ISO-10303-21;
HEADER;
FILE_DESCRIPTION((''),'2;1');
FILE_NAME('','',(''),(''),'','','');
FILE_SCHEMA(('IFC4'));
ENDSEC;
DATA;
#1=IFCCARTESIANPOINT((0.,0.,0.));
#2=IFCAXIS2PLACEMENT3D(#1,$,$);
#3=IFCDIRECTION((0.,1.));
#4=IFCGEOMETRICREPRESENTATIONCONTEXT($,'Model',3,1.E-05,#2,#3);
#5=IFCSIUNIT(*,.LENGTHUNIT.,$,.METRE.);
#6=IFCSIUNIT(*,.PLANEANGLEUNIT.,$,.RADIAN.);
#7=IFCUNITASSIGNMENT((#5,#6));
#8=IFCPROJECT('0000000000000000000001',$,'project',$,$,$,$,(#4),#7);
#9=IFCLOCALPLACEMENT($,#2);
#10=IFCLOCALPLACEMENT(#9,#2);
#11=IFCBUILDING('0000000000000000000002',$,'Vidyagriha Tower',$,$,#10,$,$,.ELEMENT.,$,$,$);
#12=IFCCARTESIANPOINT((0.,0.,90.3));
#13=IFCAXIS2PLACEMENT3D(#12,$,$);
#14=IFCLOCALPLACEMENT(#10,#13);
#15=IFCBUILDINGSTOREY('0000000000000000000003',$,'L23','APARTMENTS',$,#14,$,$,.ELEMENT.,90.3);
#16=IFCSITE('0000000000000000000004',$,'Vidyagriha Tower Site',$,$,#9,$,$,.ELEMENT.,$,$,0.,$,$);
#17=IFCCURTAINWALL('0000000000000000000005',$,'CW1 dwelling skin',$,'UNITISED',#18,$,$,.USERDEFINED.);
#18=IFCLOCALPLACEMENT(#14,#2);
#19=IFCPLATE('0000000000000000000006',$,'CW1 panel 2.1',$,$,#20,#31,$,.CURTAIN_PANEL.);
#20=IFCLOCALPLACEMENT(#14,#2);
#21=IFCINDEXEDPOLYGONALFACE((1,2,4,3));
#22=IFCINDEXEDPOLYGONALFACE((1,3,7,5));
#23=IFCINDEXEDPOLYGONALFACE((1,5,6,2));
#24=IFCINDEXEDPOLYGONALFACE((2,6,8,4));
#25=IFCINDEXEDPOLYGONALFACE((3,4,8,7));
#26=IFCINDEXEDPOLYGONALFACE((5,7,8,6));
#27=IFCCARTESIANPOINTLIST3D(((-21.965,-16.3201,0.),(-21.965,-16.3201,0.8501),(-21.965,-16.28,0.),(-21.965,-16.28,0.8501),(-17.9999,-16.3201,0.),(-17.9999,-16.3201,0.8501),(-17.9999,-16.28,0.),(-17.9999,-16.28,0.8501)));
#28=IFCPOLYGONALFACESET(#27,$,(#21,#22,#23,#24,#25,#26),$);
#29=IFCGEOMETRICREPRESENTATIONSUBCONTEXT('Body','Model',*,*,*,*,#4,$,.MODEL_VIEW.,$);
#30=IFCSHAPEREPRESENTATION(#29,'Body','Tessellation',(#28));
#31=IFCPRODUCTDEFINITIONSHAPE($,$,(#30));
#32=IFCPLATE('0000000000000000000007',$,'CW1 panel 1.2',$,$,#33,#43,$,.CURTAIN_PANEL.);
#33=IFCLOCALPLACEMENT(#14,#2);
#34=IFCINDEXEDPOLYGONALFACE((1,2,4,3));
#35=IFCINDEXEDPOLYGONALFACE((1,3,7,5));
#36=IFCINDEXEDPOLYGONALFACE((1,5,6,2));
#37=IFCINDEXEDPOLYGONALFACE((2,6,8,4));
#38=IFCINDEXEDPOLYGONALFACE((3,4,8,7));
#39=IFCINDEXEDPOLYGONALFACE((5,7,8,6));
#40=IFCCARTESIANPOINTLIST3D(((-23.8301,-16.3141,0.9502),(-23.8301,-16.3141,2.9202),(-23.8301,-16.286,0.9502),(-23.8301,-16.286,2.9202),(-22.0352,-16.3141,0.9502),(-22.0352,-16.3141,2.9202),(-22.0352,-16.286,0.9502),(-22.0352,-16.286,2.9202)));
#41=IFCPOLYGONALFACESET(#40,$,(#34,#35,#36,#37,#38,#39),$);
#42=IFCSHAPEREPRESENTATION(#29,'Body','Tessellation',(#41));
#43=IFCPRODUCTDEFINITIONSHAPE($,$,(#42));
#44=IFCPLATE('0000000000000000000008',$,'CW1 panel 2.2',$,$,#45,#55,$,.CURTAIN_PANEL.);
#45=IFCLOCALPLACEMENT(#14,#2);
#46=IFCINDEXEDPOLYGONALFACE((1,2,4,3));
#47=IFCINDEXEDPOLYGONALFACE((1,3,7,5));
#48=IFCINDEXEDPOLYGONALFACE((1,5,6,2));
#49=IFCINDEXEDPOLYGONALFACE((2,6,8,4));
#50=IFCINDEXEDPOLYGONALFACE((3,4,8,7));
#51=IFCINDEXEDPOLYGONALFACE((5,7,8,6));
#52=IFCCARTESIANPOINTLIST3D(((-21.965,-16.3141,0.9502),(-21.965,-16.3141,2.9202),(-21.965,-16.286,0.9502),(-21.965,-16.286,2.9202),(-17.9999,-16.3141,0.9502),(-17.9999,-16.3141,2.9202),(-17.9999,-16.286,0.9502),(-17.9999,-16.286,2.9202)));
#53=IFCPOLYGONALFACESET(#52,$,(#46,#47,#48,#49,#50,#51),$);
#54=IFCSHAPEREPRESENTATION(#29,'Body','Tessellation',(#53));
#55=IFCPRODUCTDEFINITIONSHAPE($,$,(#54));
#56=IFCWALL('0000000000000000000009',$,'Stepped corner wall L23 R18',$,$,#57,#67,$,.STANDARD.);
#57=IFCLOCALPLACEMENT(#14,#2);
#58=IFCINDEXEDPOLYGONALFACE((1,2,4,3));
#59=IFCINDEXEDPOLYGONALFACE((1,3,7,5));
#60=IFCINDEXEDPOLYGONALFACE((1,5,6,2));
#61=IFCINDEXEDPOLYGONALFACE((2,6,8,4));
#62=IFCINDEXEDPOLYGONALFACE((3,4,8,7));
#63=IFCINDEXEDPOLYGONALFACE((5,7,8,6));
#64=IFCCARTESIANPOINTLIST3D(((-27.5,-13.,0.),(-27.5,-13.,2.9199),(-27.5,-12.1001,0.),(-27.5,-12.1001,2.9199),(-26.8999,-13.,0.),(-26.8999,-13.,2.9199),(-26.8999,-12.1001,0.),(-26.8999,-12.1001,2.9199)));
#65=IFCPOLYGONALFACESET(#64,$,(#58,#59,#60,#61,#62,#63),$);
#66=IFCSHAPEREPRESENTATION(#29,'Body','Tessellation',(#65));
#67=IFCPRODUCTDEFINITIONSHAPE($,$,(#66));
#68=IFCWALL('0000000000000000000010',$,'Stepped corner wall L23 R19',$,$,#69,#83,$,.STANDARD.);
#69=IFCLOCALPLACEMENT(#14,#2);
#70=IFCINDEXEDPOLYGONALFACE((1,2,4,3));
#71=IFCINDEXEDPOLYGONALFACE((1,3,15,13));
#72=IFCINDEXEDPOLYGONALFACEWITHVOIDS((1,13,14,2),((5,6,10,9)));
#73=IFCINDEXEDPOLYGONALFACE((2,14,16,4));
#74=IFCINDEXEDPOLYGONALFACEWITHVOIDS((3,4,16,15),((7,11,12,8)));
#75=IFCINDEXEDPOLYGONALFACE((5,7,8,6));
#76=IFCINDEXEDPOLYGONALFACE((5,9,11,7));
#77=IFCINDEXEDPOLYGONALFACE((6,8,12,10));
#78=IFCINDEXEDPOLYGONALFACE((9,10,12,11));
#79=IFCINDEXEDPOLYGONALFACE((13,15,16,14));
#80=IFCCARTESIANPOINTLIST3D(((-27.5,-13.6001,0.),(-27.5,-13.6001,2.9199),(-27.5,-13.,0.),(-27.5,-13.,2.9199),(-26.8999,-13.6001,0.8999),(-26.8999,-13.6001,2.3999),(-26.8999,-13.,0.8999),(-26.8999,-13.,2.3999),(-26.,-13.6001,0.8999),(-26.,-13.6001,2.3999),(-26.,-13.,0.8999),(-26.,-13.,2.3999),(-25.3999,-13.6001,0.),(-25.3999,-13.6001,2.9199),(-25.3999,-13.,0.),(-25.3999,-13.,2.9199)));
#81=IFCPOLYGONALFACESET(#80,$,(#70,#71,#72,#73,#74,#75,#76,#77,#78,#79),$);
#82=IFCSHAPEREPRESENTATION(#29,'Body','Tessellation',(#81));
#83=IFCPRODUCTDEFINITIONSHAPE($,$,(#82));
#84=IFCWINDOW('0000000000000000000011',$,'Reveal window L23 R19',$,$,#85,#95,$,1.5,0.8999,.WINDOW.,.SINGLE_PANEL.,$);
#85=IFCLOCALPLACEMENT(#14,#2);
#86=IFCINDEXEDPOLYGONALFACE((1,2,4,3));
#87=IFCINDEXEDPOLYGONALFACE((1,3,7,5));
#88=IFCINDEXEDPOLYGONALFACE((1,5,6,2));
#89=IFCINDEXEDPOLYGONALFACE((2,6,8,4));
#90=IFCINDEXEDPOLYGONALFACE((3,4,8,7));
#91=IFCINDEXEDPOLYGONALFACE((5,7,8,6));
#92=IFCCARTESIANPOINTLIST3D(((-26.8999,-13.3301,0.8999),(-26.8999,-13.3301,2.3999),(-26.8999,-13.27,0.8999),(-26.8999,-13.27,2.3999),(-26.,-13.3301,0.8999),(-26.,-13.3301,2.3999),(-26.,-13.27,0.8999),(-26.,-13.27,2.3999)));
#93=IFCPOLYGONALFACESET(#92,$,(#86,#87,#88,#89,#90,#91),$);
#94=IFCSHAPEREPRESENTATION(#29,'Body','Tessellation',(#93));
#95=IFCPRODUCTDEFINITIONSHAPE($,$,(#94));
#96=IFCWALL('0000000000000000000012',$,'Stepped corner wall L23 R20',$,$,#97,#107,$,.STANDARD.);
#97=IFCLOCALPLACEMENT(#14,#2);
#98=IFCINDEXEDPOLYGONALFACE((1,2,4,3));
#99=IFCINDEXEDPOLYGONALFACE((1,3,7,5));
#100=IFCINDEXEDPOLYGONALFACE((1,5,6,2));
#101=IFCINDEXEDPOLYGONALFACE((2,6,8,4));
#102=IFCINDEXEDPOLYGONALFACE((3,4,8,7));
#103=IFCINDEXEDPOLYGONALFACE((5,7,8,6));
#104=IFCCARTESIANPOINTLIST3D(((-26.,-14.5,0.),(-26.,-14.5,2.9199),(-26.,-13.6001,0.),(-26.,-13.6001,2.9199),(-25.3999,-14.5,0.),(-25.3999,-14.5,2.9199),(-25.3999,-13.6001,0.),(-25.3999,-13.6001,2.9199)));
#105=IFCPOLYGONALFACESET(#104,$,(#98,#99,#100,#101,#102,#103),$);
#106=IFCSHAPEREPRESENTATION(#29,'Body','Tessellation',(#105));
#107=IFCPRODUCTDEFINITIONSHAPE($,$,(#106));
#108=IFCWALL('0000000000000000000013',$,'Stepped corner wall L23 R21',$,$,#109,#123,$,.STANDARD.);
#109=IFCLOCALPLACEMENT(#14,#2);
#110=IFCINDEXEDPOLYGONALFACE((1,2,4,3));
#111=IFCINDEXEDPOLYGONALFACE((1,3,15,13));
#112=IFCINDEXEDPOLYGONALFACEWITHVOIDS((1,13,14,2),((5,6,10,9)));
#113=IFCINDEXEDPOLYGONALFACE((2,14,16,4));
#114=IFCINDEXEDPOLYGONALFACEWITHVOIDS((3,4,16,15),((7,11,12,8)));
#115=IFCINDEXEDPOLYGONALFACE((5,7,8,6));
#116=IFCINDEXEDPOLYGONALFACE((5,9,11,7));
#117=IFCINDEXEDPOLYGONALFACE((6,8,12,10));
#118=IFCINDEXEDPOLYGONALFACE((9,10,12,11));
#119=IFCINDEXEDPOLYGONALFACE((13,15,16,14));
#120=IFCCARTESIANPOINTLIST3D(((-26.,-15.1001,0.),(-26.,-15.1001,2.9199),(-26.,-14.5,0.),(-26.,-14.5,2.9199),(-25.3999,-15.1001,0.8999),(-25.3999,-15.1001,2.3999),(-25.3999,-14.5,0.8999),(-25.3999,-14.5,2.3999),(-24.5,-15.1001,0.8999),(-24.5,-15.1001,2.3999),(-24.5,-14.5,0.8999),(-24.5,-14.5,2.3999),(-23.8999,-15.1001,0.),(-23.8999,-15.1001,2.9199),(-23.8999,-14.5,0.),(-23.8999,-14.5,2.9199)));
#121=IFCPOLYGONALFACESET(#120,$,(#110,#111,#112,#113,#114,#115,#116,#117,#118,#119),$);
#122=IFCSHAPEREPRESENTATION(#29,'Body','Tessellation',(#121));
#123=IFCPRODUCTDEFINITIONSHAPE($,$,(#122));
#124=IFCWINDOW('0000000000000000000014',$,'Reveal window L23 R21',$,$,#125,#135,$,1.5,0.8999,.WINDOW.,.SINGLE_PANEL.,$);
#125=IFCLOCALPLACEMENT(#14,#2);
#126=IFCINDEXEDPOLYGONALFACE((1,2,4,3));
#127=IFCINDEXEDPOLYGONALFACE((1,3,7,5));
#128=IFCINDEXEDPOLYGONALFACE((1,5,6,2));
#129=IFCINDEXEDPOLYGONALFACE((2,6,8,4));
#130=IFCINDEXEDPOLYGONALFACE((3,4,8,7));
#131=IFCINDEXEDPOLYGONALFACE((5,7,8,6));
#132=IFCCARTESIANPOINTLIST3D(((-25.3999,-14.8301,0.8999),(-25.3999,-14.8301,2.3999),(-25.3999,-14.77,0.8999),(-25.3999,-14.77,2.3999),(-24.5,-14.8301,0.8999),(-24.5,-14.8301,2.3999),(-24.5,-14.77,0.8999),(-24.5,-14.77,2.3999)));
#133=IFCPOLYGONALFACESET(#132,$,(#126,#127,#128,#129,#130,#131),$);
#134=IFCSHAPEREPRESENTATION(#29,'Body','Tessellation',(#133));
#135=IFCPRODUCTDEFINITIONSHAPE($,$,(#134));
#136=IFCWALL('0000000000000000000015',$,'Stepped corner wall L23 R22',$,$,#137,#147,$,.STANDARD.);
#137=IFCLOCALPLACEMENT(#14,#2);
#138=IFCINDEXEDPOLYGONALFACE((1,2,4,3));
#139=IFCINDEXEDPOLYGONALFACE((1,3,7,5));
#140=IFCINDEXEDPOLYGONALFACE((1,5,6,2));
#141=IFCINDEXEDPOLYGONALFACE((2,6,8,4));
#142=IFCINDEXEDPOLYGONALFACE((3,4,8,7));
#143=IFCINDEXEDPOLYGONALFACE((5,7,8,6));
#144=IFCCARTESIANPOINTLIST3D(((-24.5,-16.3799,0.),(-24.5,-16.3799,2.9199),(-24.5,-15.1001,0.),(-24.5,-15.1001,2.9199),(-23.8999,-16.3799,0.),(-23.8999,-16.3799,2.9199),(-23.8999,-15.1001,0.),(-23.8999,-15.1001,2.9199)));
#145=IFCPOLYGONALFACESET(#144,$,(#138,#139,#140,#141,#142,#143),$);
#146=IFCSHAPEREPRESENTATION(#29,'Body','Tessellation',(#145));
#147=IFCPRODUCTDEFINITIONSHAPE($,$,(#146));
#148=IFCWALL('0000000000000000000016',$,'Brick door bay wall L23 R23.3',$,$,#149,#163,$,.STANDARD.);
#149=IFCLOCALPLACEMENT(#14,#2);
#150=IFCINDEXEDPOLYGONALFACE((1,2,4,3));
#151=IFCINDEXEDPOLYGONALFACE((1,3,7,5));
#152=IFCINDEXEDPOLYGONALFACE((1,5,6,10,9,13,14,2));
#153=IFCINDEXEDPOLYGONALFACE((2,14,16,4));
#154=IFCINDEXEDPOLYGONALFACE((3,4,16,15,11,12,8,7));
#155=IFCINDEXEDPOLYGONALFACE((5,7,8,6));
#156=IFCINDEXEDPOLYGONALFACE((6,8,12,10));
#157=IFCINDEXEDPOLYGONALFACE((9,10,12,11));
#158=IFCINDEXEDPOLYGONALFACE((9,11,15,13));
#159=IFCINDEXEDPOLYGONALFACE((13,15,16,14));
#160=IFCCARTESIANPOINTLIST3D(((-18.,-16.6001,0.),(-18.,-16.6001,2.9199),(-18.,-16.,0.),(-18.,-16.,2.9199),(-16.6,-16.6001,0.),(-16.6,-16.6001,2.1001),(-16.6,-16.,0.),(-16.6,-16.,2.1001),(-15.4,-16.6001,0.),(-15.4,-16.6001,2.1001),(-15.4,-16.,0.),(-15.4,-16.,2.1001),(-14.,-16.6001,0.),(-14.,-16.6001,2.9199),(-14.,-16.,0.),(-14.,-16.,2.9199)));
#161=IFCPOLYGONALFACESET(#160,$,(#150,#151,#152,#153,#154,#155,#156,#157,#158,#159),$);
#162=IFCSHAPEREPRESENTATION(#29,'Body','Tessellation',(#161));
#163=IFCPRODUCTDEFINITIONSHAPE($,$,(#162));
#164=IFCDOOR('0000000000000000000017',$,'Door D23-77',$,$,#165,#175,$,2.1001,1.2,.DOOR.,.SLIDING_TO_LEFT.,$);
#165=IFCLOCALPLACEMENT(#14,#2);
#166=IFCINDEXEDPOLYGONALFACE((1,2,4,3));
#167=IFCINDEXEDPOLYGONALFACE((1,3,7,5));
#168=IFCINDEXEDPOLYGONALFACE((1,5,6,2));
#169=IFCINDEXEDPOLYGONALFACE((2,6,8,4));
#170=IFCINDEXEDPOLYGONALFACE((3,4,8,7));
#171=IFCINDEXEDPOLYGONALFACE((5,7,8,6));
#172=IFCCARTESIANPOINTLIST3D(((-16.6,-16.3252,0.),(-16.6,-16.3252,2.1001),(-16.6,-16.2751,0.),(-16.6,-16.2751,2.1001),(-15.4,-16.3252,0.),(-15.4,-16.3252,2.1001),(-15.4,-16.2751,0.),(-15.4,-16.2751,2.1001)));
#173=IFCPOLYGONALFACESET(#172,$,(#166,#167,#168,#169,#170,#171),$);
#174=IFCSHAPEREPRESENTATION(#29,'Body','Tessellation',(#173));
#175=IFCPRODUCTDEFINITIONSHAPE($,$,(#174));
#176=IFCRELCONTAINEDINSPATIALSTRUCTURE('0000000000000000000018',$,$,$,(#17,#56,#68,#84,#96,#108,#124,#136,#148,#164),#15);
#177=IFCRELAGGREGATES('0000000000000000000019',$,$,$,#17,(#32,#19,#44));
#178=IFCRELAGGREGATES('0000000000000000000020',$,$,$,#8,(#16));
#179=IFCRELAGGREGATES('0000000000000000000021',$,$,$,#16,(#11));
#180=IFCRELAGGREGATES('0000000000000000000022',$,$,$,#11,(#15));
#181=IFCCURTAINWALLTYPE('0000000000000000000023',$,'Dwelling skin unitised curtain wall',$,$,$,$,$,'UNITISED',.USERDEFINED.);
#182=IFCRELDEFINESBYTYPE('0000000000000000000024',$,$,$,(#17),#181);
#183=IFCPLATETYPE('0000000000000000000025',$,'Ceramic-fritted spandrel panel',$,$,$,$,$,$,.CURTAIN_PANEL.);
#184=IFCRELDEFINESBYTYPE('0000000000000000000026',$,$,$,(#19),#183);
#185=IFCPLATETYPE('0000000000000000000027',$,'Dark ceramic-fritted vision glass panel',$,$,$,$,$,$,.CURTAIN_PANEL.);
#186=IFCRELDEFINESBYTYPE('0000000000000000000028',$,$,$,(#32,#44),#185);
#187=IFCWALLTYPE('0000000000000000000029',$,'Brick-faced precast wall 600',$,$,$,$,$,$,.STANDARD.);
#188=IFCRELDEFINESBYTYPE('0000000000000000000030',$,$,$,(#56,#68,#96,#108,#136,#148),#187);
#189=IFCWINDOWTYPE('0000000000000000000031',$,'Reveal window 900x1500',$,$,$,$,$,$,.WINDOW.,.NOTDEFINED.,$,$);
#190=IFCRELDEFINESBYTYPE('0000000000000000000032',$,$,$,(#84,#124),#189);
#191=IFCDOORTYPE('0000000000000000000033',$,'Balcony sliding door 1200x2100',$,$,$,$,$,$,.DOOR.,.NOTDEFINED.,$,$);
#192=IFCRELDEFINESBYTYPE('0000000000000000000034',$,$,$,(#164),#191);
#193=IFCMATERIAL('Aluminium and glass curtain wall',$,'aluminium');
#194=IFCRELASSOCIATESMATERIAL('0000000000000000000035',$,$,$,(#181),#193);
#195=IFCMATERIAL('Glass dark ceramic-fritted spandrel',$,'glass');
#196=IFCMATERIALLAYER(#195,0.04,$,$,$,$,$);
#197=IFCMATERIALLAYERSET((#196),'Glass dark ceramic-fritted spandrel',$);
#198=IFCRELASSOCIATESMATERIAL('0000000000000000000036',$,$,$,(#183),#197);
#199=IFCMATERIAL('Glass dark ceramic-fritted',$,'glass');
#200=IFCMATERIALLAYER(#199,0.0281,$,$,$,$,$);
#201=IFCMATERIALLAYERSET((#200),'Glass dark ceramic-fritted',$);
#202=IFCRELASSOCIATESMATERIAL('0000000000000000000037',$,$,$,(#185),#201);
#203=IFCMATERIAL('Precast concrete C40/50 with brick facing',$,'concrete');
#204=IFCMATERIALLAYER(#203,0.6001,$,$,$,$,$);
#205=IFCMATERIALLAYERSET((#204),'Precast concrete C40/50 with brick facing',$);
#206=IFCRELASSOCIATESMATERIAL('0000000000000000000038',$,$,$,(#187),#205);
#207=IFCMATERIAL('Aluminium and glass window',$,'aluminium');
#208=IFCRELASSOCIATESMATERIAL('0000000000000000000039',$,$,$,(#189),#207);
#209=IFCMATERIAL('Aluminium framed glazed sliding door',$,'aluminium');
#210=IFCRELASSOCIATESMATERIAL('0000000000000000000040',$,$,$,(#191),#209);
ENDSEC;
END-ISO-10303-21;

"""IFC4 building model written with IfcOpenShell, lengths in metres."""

from ifc_helpers import new_model, si_unit, direction, frame, frame_2d, origin, origin_2d, place, context, subcontext, project, spatial, rectangle, extrude, material, layer, layer_set, type_object, element, fill, aggregate, save


model = new_model("IFC4")

# Units and contexts
model_context = context("Model", 3, precision=1e-05, world=origin(), true_north=direction((0.0, 1.0)))
body_context = subcontext(model_context, "Body", "Model", "MODEL_VIEW")
ifc_project = project(units=[si_unit("LENGTHUNIT", "METRE"), si_unit("PLANEANGLEUNIT", "RADIAN")], contexts=[model_context])

# Site, building, storey
site_placement = place(None, origin())
site = spatial("IfcSite", under=ifc_project, at=site_placement, Name="Vidyagriha Tower Site", CompositionType="ELEMENT", RefElevation=0.0)
building_placement = place(site_placement, origin())
building = spatial("IfcBuilding", under=site, at=building_placement, Name="Vidyagriha Tower", CompositionType="ELEMENT")
storey_placement = place(building_placement, frame((0.0, 0.0, 90.3)))
storey = spatial("IfcBuildingStorey", under=building, at=storey_placement, Name="L23", Description="APARTMENTS", CompositionType="ELEMENT", Elevation=90.3)

# Curtain wall, plates
ifc_material_1 = material(Name="Aluminium and glass curtain wall", Category="aluminium")
curtain_wall_type = type_object("IfcCurtainWallType", Name="Dwelling skin unitised curtain wall", ElementType="UNITISED", PredefinedType="USERDEFINED", material=ifc_material_1)
curtain_wall_placement = place(storey_placement, origin())
curtain_wall = element("IfcCurtainWall", 1, at=curtain_wall_placement, inside=storey, type_object=curtain_wall_type, Name="CW1 dwelling skin", ObjectType="UNITISED", PredefinedType="USERDEFINED")
ifc_material_2 = material(Name="Glass dark ceramic-fritted spandrel", Category="glass")
ifc_layer_1 = layer(ifc_material_2, 0.04)
ifc_layer_set_1 = layer_set([ifc_layer_1], Name="Glass dark ceramic-fritted spandrel")
plate_type_1 = type_object("IfcPlateType", Name="Ceramic-fritted spandrel panel", PredefinedType="CURTAIN_PANEL", material=ifc_layer_set_1)
plate_1_placement = place(storey_placement, frame((-19.9824, -16.3, 0.0)))
plate_1 = element("IfcPlate", 2, at=plate_1_placement, type_object=plate_type_1, Name="CW1 panel 2.1", PredefinedType="CURTAIN_PANEL", context=body_context, shape_type="SweptSolid", body=[
    extrude(rectangle(XDim=3.9651, YDim=0.04, at=origin_2d()), origin(), (0.0, 0.0, 1.0), 0.8501),
])
ifc_material_3 = material(Name="Glass dark ceramic-fritted", Category="glass")
ifc_layer_2 = layer(ifc_material_3, 0.0281)
ifc_layer_set_2 = layer_set([ifc_layer_2], Name="Glass dark ceramic-fritted")
plate_type_2 = type_object("IfcPlateType", Name="Dark ceramic-fritted vision glass panel", PredefinedType="CURTAIN_PANEL", material=ifc_layer_set_2)
plate_2_placement = place(storey_placement, frame((-22.9326, -16.3, 0.9502)))
plate_2 = element("IfcPlate", 3, at=plate_2_placement, type_object=plate_type_2, Name="CW1 panel 1.2", PredefinedType="CURTAIN_PANEL", context=body_context, shape_type="SweptSolid", body=[
    extrude(rectangle(XDim=1.7949, YDim=0.0281, at=origin_2d()), origin(), (0.0, 0.0, 1.0), 1.97),
])
plate_3_placement = place(storey_placement, frame((-19.9824, -16.3, 0.9502)))
plate_3 = element("IfcPlate", 4, at=plate_3_placement, type_object=plate_type_2, Name="CW1 panel 2.2", PredefinedType="CURTAIN_PANEL", context=body_context, shape_type="SweptSolid", body=[
    extrude(rectangle(XDim=3.9651, YDim=0.0281, at=origin_2d()), origin(), (0.0, 0.0, 1.0), 1.97),
])
aggregate(curtain_wall, [plate_2, plate_1, plate_3])

# Wall
ifc_material_4 = material(Name="Precast concrete C40/50 with brick facing", Category="concrete")
ifc_layer_3 = layer(ifc_material_4, 0.6001)
ifc_layer_set_3 = layer_set([ifc_layer_3], Name="Precast concrete C40/50 with brick facing")
wall_type = type_object("IfcWallType", Name="Brick-faced precast wall 600", PredefinedType="STANDARD", material=ifc_layer_set_3)
wall_1_placement = place(storey_placement, frame((-27.2, -12.1001, 0.0), z_axis=(0.0, 0.0, 1.0), x_axis=(0.0, -1.0, 0.0)))
element("IfcWall", 5, at=wall_1_placement, inside=storey, type_object=wall_type, Name="Stepped corner wall L23 R18", PredefinedType="STANDARD", context=body_context, shape_type="SweptSolid", body=[
    extrude(rectangle(XDim=0.8999, YDim=0.6001, at=frame_2d((0.45, 0.0))), origin(), (0.0, 0.0, 1.0), 2.9199),
])

# Wall, opening, window
wall_2_placement = place(storey_placement, frame((-27.5, -13.3, 0.0)))
wall_2 = element("IfcWall", 6, at=wall_2_placement, inside=storey, type_object=wall_type, Name="Stepped corner wall L23 R19", PredefinedType="STANDARD", context=body_context, shape_type="SweptSolid", body=[
    extrude(rectangle(XDim=2.1001, YDim=0.6001, at=frame_2d((1.05, 0.0))), origin(), (0.0, 0.0, 1.0), 2.9199),
])
opening_1_placement = place(wall_2_placement, frame((0.6001, 0.0, 0.8999)))
opening_1 = element("IfcOpeningElement", 7, at=opening_1_placement, cuts=wall_2, PredefinedType="OPENING", context=body_context, shape_type="SweptSolid", body=[
    extrude(rectangle(XDim=0.8999, YDim=1.5, at=frame_2d((0.45, 0.75))), frame((0.0, 0.3101, 0.0), z_axis=(0.0, -1.0, 0.0), x_axis=(1.0, 0.0, 0.0)), (0.0, 0.0, 1.0), 0.6201),
])
ifc_material_5 = material(Name="Aluminium and glass window", Category="aluminium")
window_type = type_object("IfcWindowType", Name="Reveal window 900x1500", PartitioningType="NOTDEFINED", PredefinedType="WINDOW", material=ifc_material_5)
window_1_placement = place(opening_1_placement, origin())
window_1 = element("IfcWindow", 8, at=window_1_placement, inside=storey, type_object=window_type, Name="Reveal window L23 R19", OverallHeight=1.5, OverallWidth=0.8999, PartitioningType="SINGLE_PANEL", PredefinedType="WINDOW", context=body_context, shape_type="SweptSolid", body=[
    extrude(rectangle(XDim=0.8999, YDim=1.5, at=frame_2d((0.45, 0.75))), frame((0.0, 0.03, 0.0), z_axis=(0.0, -1.0, 0.0), x_axis=(1.0, 0.0, 0.0)), (0.0, 0.0, 1.0), 0.0601),
])
fill(opening_1, window_1)

# Wall
wall_3_placement = place(storey_placement, frame((-25.7, -13.6001, 0.0), z_axis=(0.0, 0.0, 1.0), x_axis=(0.0, -1.0, 0.0)))
element("IfcWall", 9, at=wall_3_placement, inside=storey, type_object=wall_type, Name="Stepped corner wall L23 R20", PredefinedType="STANDARD", context=body_context, shape_type="SweptSolid", body=[
    extrude(rectangle(XDim=0.8999, YDim=0.6001, at=frame_2d((0.45, 0.0))), origin(), (0.0, 0.0, 1.0), 2.9199),
])

# Wall, opening, window
wall_4_placement = place(storey_placement, frame((-26.0, -14.8, 0.0)))
wall_4 = element("IfcWall", 10, at=wall_4_placement, inside=storey, type_object=wall_type, Name="Stepped corner wall L23 R21", PredefinedType="STANDARD", context=body_context, shape_type="SweptSolid", body=[
    extrude(rectangle(XDim=2.1001, YDim=0.6001, at=frame_2d((1.05, 0.0))), origin(), (0.0, 0.0, 1.0), 2.9199),
])
opening_2_placement = place(wall_4_placement, frame((0.6001, 0.0, 0.8999)))
opening_2 = element("IfcOpeningElement", 11, at=opening_2_placement, cuts=wall_4, PredefinedType="OPENING", context=body_context, shape_type="SweptSolid", body=[
    extrude(rectangle(XDim=0.8999, YDim=1.5, at=frame_2d((0.45, 0.75))), frame((0.0, 0.3101, 0.0), z_axis=(0.0, -1.0, 0.0), x_axis=(1.0, 0.0, 0.0)), (0.0, 0.0, 1.0), 0.6201),
])
window_2_placement = place(opening_2_placement, origin())
window_2 = element("IfcWindow", 12, at=window_2_placement, inside=storey, type_object=window_type, Name="Reveal window L23 R21", OverallHeight=1.5, OverallWidth=0.8999, PartitioningType="SINGLE_PANEL", PredefinedType="WINDOW", context=body_context, shape_type="SweptSolid", body=[
    extrude(rectangle(XDim=0.8999, YDim=1.5, at=frame_2d((0.45, 0.75))), frame((0.0, 0.03, 0.0), z_axis=(0.0, -1.0, 0.0), x_axis=(1.0, 0.0, 0.0)), (0.0, 0.0, 1.0), 0.0601),
])
fill(opening_2, window_2)

# Wall
wall_5_placement = place(storey_placement, frame((-24.2, -15.1001, 0.0), z_axis=(0.0, 0.0, 1.0), x_axis=(0.0, -1.0, 0.0)))
element("IfcWall", 13, at=wall_5_placement, inside=storey, type_object=wall_type, Name="Stepped corner wall L23 R22", PredefinedType="STANDARD", context=body_context, shape_type="SweptSolid", body=[
    extrude(rectangle(XDim=1.2798, YDim=0.6001, at=frame_2d((0.6399, 0.0))), origin(), (0.0, 0.0, 1.0), 2.9199),
])

# Wall, opening, door
wall_6_placement = place(storey_placement, frame((-18.0, -16.3, 0.0)))
wall_6 = element("IfcWall", 14, at=wall_6_placement, inside=storey, type_object=wall_type, Name="Brick door bay wall L23 R23.3", PredefinedType="STANDARD", context=body_context, shape_type="SweptSolid", body=[
    extrude(rectangle(XDim=4.0, YDim=0.6001, at=frame_2d((2.0, 0.0))), origin(), (0.0, 0.0, 1.0), 2.9199),
])
opening_3_placement = place(wall_6_placement, frame((1.3999, 0.0, 0.0)))
opening_3 = element("IfcOpeningElement", 15, at=opening_3_placement, cuts=wall_6, PredefinedType="OPENING", context=body_context, shape_type="SweptSolid", body=[
    extrude(rectangle(XDim=1.2, YDim=2.1001, at=frame_2d((0.6001, 1.05))), frame((0.0, 0.3101, 0.0), z_axis=(0.0, -1.0, 0.0), x_axis=(1.0, 0.0, 0.0)), (0.0, 0.0, 1.0), 0.6201),
])
ifc_material_6 = material(Name="Aluminium framed glazed sliding door", Category="aluminium")
door_type = type_object("IfcDoorType", Name="Balcony sliding door 1200x2100", OperationType="NOTDEFINED", PredefinedType="DOOR", material=ifc_material_6)
door_placement = place(opening_3_placement, origin())
door = element("IfcDoor", 16, at=door_placement, inside=storey, type_object=door_type, Name="Door D23-77", OperationType="SLIDING_TO_LEFT", OverallHeight=2.1001, OverallWidth=1.2, PredefinedType="DOOR", context=body_context, shape_type="SweptSolid", body=[
    extrude(rectangle(XDim=1.2, YDim=2.1001, at=frame_2d((0.6001, 1.05))), frame((0.0, 0.0249, 0.0), z_axis=(0.0, -1.0, 0.0), x_axis=(1.0, 0.0, 0.0)), (0.0, 0.0, 1.0), 0.05),
])
fill(opening_3, door)

save(model, "model.ifc")
